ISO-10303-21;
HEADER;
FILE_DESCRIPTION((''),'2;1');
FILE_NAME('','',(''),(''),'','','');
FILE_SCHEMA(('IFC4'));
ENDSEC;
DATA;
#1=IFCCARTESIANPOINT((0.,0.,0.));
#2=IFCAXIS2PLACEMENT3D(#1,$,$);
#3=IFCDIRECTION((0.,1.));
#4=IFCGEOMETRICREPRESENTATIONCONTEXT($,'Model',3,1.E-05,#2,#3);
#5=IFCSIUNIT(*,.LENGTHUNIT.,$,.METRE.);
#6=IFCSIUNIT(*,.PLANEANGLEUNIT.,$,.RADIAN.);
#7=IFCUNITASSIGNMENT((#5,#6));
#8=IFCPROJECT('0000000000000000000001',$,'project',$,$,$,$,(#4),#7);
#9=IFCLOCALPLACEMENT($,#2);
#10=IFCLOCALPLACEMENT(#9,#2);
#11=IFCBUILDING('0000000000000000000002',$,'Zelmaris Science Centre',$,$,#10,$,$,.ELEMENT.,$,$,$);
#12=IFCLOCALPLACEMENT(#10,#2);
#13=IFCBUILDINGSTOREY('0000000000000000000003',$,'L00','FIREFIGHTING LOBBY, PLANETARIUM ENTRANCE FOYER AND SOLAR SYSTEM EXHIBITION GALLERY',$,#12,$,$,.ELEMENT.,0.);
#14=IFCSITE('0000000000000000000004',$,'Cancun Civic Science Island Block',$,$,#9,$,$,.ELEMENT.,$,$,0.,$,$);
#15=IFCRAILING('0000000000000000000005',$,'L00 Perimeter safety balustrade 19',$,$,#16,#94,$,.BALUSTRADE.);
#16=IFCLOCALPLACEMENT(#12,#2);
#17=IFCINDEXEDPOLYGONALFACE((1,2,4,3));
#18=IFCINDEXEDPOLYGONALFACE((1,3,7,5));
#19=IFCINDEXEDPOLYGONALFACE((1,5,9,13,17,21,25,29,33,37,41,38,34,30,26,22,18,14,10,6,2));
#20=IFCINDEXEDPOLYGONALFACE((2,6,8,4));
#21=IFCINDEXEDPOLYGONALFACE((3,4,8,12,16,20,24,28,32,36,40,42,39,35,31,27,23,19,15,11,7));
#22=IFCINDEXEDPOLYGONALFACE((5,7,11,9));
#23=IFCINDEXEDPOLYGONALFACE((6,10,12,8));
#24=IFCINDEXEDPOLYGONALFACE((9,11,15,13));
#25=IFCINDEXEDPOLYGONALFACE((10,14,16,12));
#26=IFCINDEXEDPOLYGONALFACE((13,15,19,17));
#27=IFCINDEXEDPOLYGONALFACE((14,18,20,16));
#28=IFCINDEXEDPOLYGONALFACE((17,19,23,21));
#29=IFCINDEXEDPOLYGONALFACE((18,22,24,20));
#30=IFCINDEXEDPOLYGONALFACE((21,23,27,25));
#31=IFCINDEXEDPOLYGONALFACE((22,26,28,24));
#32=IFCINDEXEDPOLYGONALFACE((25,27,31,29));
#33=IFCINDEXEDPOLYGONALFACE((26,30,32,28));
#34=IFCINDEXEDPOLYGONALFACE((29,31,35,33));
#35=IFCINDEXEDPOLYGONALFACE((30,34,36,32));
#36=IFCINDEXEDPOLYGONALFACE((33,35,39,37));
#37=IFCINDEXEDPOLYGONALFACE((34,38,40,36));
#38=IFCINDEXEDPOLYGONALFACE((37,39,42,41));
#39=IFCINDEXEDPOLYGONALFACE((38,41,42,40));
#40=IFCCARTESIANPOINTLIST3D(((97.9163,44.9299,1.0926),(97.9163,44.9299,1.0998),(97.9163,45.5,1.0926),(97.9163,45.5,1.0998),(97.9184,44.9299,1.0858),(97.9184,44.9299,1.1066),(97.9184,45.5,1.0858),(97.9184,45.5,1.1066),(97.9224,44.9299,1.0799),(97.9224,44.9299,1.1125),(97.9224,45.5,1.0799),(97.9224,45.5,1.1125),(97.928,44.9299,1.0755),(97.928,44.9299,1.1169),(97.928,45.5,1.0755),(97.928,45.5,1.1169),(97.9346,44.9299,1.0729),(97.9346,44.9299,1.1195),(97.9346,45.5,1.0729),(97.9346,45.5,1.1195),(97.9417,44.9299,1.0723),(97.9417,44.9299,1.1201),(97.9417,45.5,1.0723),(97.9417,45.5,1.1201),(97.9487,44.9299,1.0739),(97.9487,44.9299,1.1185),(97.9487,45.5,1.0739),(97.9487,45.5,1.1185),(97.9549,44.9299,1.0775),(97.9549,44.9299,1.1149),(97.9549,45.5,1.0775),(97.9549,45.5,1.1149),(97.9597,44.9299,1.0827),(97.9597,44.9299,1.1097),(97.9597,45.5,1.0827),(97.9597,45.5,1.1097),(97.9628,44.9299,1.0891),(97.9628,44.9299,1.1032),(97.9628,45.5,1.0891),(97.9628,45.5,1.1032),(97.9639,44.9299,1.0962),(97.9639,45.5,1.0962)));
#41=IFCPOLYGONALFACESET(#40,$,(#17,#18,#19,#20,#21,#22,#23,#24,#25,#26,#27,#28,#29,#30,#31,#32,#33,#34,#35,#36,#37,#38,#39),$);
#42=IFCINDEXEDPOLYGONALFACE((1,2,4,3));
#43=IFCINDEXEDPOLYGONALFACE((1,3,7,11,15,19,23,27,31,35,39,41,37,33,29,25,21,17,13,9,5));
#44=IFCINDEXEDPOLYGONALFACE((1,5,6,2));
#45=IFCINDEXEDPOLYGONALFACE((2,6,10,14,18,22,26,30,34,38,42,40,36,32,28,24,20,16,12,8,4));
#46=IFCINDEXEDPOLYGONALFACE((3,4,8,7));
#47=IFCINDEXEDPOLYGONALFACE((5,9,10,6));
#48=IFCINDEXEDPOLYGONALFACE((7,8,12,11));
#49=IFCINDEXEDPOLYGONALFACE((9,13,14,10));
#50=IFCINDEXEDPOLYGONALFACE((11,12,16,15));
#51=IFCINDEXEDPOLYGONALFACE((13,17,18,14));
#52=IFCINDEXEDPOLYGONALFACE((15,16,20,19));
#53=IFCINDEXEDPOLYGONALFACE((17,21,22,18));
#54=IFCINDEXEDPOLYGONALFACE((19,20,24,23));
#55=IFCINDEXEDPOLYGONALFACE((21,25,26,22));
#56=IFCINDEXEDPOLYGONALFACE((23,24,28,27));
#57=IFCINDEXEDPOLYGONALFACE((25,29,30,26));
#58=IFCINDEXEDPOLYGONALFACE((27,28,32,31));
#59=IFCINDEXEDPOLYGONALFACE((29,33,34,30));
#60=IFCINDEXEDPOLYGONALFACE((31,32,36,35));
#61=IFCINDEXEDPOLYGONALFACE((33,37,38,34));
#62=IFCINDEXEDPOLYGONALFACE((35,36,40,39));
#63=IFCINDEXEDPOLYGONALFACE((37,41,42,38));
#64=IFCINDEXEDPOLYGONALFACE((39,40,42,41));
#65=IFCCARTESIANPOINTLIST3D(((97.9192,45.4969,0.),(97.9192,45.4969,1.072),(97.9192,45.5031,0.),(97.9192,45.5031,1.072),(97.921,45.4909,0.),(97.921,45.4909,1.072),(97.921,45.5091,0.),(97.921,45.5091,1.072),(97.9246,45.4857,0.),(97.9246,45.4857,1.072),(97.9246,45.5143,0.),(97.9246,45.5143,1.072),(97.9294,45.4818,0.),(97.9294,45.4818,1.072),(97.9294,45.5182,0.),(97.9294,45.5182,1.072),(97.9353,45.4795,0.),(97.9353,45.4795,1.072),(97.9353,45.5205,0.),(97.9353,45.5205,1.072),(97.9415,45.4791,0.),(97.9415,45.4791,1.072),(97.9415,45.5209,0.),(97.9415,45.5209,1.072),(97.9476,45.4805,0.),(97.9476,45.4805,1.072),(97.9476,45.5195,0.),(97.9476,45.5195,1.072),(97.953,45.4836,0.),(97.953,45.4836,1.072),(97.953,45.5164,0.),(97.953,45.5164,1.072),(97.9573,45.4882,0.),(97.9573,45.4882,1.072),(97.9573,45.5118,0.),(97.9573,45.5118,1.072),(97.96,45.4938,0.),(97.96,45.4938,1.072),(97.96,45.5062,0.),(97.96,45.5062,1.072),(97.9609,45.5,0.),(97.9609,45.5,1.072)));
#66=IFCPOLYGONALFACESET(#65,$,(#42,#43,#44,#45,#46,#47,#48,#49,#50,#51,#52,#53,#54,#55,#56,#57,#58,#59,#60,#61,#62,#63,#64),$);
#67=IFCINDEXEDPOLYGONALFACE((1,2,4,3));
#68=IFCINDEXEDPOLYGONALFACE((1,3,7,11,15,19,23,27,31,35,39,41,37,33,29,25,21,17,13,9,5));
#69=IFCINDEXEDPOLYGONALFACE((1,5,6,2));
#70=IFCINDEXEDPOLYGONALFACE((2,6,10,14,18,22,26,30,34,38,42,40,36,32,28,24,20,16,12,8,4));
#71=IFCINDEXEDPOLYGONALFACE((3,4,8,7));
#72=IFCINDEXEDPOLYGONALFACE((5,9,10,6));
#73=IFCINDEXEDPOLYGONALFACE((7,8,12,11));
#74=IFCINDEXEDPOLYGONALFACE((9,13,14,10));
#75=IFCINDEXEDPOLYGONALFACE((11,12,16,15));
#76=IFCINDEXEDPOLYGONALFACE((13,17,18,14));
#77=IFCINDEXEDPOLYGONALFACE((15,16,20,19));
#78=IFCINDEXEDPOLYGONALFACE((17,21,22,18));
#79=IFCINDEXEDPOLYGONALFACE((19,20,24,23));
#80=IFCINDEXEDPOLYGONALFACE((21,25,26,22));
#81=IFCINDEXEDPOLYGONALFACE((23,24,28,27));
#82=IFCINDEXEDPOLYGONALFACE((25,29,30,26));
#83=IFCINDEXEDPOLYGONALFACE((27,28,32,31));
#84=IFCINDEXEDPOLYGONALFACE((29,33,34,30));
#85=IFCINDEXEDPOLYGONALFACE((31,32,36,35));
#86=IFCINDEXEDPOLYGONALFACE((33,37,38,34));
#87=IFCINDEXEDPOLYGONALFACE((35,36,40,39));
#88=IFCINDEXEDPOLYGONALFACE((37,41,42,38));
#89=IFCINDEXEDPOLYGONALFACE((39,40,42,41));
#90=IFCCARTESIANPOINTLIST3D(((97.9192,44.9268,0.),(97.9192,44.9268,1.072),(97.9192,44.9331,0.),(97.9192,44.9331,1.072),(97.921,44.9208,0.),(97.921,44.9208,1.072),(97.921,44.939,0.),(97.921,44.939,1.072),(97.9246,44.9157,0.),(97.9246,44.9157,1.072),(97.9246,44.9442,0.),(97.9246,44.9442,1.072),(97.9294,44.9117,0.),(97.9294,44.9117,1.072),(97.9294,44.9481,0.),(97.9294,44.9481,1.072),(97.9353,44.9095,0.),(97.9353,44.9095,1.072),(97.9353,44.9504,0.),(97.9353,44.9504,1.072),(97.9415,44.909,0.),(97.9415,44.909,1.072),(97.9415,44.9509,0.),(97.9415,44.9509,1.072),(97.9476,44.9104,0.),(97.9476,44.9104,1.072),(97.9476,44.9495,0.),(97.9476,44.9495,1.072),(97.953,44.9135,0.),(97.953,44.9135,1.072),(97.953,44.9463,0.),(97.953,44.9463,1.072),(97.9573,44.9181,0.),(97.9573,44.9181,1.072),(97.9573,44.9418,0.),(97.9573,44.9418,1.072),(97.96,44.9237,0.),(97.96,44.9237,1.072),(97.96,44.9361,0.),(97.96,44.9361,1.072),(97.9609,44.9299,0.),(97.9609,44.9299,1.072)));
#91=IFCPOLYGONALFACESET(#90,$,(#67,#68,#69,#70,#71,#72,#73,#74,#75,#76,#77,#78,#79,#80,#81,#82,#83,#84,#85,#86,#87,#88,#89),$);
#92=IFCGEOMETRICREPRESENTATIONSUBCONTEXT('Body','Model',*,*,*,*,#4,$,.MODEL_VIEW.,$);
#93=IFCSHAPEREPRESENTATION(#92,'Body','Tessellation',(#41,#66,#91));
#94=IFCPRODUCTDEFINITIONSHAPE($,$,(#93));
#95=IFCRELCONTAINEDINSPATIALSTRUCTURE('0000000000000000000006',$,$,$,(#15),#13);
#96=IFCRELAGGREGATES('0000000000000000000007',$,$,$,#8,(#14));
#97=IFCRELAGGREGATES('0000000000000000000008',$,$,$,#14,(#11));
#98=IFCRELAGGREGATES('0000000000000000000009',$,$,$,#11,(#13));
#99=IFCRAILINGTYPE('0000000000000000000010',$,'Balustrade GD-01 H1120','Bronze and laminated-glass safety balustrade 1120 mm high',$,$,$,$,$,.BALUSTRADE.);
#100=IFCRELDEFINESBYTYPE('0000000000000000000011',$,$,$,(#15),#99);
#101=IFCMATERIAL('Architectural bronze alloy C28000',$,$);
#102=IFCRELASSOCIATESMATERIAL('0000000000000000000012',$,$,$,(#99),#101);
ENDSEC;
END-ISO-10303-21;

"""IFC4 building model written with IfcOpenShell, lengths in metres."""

from ifc_helpers import new_model, si_unit, direction, frame, origin, origin_2d, place, context, subcontext, project, spatial, circle, extrude, material, type_object, element, save


model = new_model("IFC4")

# Units and contexts
model_context = context("Model", 3, precision=1e-05, world=origin(), true_north=direction((0.0, 1.0)))
body_context = subcontext(model_context, "Body", "Model", "MODEL_VIEW")
ifc_project = project(units=[si_unit("LENGTHUNIT", "METRE"), si_unit("PLANEANGLEUNIT", "RADIAN")], contexts=[model_context])

# Site, building, storey
site_placement = place(None, origin())
site = spatial("IfcSite", under=ifc_project, at=site_placement, Name="Cancun Civic Science Island Block", CompositionType="ELEMENT", RefElevation=0.0)
building_placement = place(site_placement, origin())
building = spatial("IfcBuilding", under=site, at=building_placement, Name="Zelmaris Science Centre", CompositionType="ELEMENT")
storey_placement = place(building_placement, origin())
storey = spatial("IfcBuildingStorey", under=building, at=storey_placement, Name="L00", Description="FIREFIGHTING LOBBY, PLANETARIUM ENTRANCE FOYER AND SOLAR SYSTEM EXHIBITION GALLERY", CompositionType="ELEMENT", Elevation=0.0)

# Railing
ifc_material_1 = material(Name="Architectural bronze alloy C28000")
railing_type = type_object("IfcRailingType", Name="Balustrade GD-01 H1120", Description="Bronze and laminated-glass safety balustrade 1120 mm high", PredefinedType="BALUSTRADE", material=ifc_material_1)
railing_1_placement = place(storey_placement, frame((97.9399, 45.5, 0.0)))
element("IfcRailing", 1, at=railing_1_placement, inside=storey, type_object=railing_type, Name="L00 Perimeter safety balustrade 19", PredefinedType="BALUSTRADE", context=body_context, shape_type="SweptSolid", body=[
    extrude(circle(Radius=0.0239, at=origin_2d()), frame((0.0, 0.0, 1.0962), z_axis=(0.0, -1.0, 0.0), x_axis=(1.0, 0.0, 0.0)), (0.0, 0.0, 1.0), 0.5701),
    extrude(circle(Radius=0.021, at=origin_2d()), origin(), (0.0, 0.0, 1.0), 1.072),
    extrude(circle(Radius=0.021, at=origin_2d()), frame((0.0, -0.5701, 0.0)), (0.0, 0.0, 1.0), 1.072),
])

save(model, "model.ifc")
